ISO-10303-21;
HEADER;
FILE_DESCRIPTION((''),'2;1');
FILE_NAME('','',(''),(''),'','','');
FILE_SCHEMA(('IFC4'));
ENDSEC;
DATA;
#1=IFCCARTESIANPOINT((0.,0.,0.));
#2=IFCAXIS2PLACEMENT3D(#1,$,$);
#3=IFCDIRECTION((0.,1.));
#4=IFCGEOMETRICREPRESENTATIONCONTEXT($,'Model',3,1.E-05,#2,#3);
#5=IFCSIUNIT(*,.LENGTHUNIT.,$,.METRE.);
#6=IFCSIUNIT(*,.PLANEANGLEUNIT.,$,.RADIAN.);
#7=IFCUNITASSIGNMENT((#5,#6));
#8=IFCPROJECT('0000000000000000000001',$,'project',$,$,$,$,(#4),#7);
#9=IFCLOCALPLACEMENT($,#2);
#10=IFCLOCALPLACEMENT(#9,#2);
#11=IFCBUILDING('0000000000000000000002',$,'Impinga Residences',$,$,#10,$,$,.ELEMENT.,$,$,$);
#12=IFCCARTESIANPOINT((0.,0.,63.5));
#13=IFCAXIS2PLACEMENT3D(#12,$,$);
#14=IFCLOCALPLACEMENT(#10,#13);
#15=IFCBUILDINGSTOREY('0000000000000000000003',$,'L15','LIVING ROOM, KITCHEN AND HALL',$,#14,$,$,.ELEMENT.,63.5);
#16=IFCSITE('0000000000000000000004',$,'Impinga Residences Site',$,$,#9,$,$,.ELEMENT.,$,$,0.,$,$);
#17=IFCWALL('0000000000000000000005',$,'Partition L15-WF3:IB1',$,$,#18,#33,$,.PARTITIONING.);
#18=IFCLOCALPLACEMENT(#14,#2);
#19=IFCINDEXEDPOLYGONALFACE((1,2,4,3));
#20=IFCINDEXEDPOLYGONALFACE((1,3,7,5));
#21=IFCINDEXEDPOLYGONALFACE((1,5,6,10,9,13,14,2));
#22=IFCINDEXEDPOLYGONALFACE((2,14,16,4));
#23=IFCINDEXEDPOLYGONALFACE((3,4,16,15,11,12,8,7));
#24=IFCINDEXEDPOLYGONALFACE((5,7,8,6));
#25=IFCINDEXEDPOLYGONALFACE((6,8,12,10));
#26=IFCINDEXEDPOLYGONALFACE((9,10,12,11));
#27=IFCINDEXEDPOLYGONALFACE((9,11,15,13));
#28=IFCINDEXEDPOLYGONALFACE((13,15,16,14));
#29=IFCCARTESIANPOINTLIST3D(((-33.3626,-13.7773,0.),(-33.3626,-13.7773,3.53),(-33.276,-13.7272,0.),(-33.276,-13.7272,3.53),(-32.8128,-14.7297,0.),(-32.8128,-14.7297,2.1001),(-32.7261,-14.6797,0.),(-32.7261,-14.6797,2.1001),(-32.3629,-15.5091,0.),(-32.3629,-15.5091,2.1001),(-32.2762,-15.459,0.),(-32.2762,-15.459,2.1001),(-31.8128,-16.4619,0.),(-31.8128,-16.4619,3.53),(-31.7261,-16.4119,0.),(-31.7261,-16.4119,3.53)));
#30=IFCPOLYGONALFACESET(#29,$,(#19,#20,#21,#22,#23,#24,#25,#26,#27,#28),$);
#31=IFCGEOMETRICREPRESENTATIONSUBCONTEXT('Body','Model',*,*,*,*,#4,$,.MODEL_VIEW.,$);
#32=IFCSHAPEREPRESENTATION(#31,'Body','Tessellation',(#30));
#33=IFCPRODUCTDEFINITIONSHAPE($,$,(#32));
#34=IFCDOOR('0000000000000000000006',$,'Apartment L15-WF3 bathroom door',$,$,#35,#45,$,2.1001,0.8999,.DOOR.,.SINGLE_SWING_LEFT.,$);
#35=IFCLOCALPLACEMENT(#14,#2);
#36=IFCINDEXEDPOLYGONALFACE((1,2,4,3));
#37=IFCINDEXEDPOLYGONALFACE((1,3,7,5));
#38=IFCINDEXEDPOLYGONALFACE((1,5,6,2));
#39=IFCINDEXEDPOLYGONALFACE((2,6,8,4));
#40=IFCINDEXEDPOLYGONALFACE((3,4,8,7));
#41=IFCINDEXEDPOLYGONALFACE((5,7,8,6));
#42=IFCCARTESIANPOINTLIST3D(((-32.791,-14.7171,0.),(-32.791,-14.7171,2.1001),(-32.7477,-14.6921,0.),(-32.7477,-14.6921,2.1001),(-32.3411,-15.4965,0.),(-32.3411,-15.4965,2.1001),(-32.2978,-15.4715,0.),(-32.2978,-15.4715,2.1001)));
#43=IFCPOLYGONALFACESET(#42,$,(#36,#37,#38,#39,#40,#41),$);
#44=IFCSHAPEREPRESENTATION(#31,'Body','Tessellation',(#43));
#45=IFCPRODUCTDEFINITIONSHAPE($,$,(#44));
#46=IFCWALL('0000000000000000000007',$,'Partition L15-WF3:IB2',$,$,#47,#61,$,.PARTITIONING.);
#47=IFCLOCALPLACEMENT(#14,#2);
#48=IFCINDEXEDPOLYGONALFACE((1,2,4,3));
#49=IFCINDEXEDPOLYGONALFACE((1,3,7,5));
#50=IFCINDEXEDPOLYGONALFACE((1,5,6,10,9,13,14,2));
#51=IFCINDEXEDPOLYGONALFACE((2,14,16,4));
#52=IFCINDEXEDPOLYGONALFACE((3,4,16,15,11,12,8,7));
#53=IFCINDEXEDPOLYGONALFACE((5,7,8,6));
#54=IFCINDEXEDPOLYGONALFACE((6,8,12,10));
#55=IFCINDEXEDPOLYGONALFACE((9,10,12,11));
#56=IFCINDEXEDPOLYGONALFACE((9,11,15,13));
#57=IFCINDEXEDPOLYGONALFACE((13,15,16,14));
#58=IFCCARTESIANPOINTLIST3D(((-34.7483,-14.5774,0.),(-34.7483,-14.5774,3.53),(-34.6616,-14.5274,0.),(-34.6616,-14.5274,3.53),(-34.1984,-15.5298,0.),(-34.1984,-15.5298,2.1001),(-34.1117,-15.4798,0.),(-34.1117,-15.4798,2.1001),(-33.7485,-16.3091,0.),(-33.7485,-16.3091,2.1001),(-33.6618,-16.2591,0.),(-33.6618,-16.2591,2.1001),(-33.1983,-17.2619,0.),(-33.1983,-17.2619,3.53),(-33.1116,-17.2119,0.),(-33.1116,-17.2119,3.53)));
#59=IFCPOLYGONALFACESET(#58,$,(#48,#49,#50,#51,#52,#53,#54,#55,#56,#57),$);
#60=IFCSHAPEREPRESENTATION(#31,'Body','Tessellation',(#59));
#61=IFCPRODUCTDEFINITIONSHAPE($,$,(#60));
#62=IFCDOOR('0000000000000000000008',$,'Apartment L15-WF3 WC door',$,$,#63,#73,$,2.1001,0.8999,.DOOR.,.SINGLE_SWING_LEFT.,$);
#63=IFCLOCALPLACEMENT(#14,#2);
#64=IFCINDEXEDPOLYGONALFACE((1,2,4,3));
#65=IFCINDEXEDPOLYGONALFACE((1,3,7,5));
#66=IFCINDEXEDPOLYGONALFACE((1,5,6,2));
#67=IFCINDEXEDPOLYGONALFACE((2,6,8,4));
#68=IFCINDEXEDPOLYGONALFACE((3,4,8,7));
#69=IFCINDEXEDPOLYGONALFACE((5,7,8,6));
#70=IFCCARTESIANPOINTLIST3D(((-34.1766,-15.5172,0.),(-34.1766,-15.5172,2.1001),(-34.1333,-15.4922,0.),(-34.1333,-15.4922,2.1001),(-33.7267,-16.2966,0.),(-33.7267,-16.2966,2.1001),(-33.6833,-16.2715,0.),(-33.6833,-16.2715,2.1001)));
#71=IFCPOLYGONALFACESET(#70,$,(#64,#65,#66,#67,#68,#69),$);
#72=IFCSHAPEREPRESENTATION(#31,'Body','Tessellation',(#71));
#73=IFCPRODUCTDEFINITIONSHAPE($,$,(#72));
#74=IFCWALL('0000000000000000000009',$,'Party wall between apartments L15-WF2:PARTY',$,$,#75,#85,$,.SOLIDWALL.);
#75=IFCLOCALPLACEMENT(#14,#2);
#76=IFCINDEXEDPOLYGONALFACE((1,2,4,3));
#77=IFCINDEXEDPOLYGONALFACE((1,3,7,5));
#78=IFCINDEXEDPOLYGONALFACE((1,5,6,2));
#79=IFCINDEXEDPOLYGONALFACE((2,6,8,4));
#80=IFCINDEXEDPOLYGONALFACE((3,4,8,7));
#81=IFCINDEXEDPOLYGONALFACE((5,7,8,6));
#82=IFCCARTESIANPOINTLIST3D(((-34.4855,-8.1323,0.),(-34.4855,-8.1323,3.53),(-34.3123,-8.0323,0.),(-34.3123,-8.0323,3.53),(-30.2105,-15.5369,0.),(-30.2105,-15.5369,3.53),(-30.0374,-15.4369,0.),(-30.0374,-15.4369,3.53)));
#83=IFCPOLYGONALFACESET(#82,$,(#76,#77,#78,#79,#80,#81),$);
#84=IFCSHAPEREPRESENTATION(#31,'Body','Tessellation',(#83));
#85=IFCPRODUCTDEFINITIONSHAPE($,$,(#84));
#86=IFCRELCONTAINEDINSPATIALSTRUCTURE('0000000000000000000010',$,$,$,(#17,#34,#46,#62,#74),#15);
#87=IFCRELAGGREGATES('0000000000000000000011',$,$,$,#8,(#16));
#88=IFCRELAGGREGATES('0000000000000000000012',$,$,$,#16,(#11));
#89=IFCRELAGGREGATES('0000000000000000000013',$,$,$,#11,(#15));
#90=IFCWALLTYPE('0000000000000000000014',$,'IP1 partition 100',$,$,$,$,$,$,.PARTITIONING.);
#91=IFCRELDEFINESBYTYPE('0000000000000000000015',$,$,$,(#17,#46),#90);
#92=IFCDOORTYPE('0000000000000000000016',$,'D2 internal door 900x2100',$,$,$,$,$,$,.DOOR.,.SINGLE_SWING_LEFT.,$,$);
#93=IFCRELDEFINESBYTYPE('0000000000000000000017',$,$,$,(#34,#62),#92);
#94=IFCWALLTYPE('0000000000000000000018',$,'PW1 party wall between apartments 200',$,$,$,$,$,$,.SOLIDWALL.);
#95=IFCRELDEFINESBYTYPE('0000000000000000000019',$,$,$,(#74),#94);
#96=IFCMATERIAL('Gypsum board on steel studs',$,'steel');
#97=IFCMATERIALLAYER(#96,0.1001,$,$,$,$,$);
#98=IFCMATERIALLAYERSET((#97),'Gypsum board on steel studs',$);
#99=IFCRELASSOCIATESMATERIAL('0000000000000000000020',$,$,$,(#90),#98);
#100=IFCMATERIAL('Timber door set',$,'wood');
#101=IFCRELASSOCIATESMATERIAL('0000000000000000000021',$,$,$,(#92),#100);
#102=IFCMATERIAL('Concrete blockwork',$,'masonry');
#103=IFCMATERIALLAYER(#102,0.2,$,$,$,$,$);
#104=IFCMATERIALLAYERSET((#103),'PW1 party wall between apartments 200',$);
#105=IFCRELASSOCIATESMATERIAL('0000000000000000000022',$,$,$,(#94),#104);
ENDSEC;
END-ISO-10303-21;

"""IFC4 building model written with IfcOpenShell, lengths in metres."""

from ifc_helpers import new_model, si_unit, direction, frame, frame_2d, origin, place, context, subcontext, project, spatial, rectangle, extrude, material, layer, layer_set, type_object, element, fill, save


model = new_model("IFC4")

# Units and contexts
model_context = context("Model", 3, precision=1e-05, world=origin(), true_north=direction((0.0, 1.0)))
body_context = subcontext(model_context, "Body", "Model", "MODEL_VIEW")
ifc_project = project(units=[si_unit("LENGTHUNIT", "METRE"), si_unit("PLANEANGLEUNIT", "RADIAN")], contexts=[model_context])

# Site, building, storey
site_placement = place(None, origin())
site = spatial("IfcSite", under=ifc_project, at=site_placement, Name="Impinga Residences Site", CompositionType="ELEMENT", RefElevation=0.0)
building_placement = place(site_placement, origin())
building = spatial("IfcBuilding", under=site, at=building_placement, Name="Impinga Residences", CompositionType="ELEMENT")
storey_placement = place(building_placement, frame((0.0, 0.0, 63.5)))
storey = spatial("IfcBuildingStorey", under=building, at=storey_placement, Name="L15", Description="LIVING ROOM, KITCHEN AND HALL", CompositionType="ELEMENT", Elevation=63.5)

# Shared definitions
ifc_material_1 = material(Name="Gypsum board on steel studs", Category="steel")
ifc_layer_1 = layer(ifc_material_1, 0.1001)
ifc_layer_set_1 = layer_set([ifc_layer_1], Name="Gypsum board on steel studs")
wall_type_1 = type_object("IfcWallType", Name="IP1 partition 100", PredefinedType="PARTITIONING", material=ifc_layer_set_1)
ifc_material_2 = material(Name="Timber door set", Category="wood")
door_type = type_object("IfcDoorType", Name="D2 internal door 900x2100", OperationType="SINGLE_SWING_LEFT", PredefinedType="DOOR", material=ifc_material_2)

# Walls, openings, doors
wall_1_placement = place(storey_placement, frame((-31.7695, -16.4368, 0.0), z_axis=(0.0, 0.0, 1.0), x_axis=(-0.499968, 0.866044, 0.0)))
wall_1 = element("IfcWall", 1, at=wall_1_placement, inside=storey, type_object=wall_type_1, Name="Partition L15-WF3:IB1", PredefinedType="PARTITIONING", context=body_context, shape_type="SweptSolid", body=[
    extrude(rectangle(XDim=3.0999, YDim=0.1001, at=frame_2d((1.5498, 0.0))), origin(), (0.0, 0.0, 1.0), 3.53),
])
opening_1_placement = place(wall_1_placement, frame((1.1001, 0.0, 0.0)))
opening_1 = element("IfcOpeningElement", 2, at=opening_1_placement, cuts=wall_1, PredefinedType="OPENING", context=body_context, shape_type="SweptSolid", body=[
    extrude(rectangle(XDim=0.8999, YDim=2.1001, at=frame_2d((0.45, 1.05))), frame((0.0, 0.0601, 0.0), z_axis=(0.0, -1.0, 0.0), x_axis=(1.0, 0.0, 0.0)), (0.0, 0.0, 1.0), 0.1201),
])
door_1_placement = place(opening_1_placement, origin())
door_1 = element("IfcDoor", 3, at=door_1_placement, inside=storey, type_object=door_type, Name="Apartment L15-WF3 bathroom door", OperationType="SINGLE_SWING_LEFT", OverallHeight=2.1001, OverallWidth=0.8999, PredefinedType="DOOR", context=body_context, shape_type="SweptSolid", body=[
    extrude(rectangle(XDim=0.8999, YDim=2.1001, at=frame_2d((0.45, 1.05))), frame((0.0, 0.0249, 0.0), z_axis=(0.0, -1.0, 0.0), x_axis=(1.0, 0.0, 0.0)), (0.0, 0.0, 1.0), 0.05),
])
fill(opening_1, door_1)
wall_2_placement = place(storey_placement, frame((-33.155, -17.2368, 0.0), z_axis=(0.0, 0.0, 1.0), x_axis=(-0.500027, 0.86601, 0.0)))
wall_2 = element("IfcWall", 4, at=wall_2_placement, inside=storey, type_object=wall_type_1, Name="Partition L15-WF3:IB2", PredefinedType="PARTITIONING", context=body_context, shape_type="SweptSolid", body=[
    extrude(rectangle(XDim=3.0999, YDim=0.1001, at=frame_2d((1.5498, 0.0))), origin(), (0.0, 0.0, 1.0), 3.53),
])
opening_2_placement = place(wall_2_placement, frame((1.1001, 0.0, 0.0)))
opening_2 = element("IfcOpeningElement", 5, at=opening_2_placement, cuts=wall_2, PredefinedType="OPENING", context=body_context, shape_type="SweptSolid", body=[
    extrude(rectangle(XDim=0.8999, YDim=2.1001, at=frame_2d((0.45, 1.05))), frame((0.0, 0.0601, 0.0), z_axis=(0.0, -1.0, 0.0), x_axis=(1.0, 0.0, 0.0)), (0.0, 0.0, 1.0), 0.1201),
])
door_2_placement = place(opening_2_placement, origin())
door_2 = element("IfcDoor", 6, at=door_2_placement, inside=storey, type_object=door_type, Name="Apartment L15-WF3 WC door", OperationType="SINGLE_SWING_LEFT", OverallHeight=2.1001, OverallWidth=0.8999, PredefinedType="DOOR", context=body_context, shape_type="SweptSolid", body=[
    extrude(rectangle(XDim=0.8999, YDim=2.1001, at=frame_2d((0.45, 1.05))), frame((0.0, 0.0249, 0.0), z_axis=(0.0, -1.0, 0.0), x_axis=(1.0, 0.0, 0.0)), (0.0, 0.0, 1.0), 0.05),
])
fill(opening_2, door_2)

# Wall
ifc_material_3 = material(Name="Concrete blockwork", Category="masonry")
ifc_layer_2 = layer(ifc_material_3, 0.2)
ifc_layer_set_2 = layer_set([ifc_layer_2], Name="PW1 party wall between apartments 200")
wall_type_2 = type_object("IfcWallType", Name="PW1 party wall between apartments 200", PredefinedType="SOLIDWALL", material=ifc_layer_set_2)
wall_3_placement = place(storey_placement, frame((-30.124, -15.4868, 0.0), z_axis=(0.0, 0.0, 1.0), x_axis=(-0.49999, 0.866031, 0.0)))
element("IfcWall", 7, at=wall_3_placement, inside=storey, type_object=wall_type_2, Name="Party wall between apartments L15-WF2:PARTY", PredefinedType="SOLIDWALL", context=body_context, shape_type="SweptSolid", body=[
    extrude(rectangle(XDim=8.55, YDim=0.2, at=frame_2d((4.2749, 0.0))), origin(), (0.0, 0.0, 1.0), 3.53),
])

save(model, "model.ifc")
